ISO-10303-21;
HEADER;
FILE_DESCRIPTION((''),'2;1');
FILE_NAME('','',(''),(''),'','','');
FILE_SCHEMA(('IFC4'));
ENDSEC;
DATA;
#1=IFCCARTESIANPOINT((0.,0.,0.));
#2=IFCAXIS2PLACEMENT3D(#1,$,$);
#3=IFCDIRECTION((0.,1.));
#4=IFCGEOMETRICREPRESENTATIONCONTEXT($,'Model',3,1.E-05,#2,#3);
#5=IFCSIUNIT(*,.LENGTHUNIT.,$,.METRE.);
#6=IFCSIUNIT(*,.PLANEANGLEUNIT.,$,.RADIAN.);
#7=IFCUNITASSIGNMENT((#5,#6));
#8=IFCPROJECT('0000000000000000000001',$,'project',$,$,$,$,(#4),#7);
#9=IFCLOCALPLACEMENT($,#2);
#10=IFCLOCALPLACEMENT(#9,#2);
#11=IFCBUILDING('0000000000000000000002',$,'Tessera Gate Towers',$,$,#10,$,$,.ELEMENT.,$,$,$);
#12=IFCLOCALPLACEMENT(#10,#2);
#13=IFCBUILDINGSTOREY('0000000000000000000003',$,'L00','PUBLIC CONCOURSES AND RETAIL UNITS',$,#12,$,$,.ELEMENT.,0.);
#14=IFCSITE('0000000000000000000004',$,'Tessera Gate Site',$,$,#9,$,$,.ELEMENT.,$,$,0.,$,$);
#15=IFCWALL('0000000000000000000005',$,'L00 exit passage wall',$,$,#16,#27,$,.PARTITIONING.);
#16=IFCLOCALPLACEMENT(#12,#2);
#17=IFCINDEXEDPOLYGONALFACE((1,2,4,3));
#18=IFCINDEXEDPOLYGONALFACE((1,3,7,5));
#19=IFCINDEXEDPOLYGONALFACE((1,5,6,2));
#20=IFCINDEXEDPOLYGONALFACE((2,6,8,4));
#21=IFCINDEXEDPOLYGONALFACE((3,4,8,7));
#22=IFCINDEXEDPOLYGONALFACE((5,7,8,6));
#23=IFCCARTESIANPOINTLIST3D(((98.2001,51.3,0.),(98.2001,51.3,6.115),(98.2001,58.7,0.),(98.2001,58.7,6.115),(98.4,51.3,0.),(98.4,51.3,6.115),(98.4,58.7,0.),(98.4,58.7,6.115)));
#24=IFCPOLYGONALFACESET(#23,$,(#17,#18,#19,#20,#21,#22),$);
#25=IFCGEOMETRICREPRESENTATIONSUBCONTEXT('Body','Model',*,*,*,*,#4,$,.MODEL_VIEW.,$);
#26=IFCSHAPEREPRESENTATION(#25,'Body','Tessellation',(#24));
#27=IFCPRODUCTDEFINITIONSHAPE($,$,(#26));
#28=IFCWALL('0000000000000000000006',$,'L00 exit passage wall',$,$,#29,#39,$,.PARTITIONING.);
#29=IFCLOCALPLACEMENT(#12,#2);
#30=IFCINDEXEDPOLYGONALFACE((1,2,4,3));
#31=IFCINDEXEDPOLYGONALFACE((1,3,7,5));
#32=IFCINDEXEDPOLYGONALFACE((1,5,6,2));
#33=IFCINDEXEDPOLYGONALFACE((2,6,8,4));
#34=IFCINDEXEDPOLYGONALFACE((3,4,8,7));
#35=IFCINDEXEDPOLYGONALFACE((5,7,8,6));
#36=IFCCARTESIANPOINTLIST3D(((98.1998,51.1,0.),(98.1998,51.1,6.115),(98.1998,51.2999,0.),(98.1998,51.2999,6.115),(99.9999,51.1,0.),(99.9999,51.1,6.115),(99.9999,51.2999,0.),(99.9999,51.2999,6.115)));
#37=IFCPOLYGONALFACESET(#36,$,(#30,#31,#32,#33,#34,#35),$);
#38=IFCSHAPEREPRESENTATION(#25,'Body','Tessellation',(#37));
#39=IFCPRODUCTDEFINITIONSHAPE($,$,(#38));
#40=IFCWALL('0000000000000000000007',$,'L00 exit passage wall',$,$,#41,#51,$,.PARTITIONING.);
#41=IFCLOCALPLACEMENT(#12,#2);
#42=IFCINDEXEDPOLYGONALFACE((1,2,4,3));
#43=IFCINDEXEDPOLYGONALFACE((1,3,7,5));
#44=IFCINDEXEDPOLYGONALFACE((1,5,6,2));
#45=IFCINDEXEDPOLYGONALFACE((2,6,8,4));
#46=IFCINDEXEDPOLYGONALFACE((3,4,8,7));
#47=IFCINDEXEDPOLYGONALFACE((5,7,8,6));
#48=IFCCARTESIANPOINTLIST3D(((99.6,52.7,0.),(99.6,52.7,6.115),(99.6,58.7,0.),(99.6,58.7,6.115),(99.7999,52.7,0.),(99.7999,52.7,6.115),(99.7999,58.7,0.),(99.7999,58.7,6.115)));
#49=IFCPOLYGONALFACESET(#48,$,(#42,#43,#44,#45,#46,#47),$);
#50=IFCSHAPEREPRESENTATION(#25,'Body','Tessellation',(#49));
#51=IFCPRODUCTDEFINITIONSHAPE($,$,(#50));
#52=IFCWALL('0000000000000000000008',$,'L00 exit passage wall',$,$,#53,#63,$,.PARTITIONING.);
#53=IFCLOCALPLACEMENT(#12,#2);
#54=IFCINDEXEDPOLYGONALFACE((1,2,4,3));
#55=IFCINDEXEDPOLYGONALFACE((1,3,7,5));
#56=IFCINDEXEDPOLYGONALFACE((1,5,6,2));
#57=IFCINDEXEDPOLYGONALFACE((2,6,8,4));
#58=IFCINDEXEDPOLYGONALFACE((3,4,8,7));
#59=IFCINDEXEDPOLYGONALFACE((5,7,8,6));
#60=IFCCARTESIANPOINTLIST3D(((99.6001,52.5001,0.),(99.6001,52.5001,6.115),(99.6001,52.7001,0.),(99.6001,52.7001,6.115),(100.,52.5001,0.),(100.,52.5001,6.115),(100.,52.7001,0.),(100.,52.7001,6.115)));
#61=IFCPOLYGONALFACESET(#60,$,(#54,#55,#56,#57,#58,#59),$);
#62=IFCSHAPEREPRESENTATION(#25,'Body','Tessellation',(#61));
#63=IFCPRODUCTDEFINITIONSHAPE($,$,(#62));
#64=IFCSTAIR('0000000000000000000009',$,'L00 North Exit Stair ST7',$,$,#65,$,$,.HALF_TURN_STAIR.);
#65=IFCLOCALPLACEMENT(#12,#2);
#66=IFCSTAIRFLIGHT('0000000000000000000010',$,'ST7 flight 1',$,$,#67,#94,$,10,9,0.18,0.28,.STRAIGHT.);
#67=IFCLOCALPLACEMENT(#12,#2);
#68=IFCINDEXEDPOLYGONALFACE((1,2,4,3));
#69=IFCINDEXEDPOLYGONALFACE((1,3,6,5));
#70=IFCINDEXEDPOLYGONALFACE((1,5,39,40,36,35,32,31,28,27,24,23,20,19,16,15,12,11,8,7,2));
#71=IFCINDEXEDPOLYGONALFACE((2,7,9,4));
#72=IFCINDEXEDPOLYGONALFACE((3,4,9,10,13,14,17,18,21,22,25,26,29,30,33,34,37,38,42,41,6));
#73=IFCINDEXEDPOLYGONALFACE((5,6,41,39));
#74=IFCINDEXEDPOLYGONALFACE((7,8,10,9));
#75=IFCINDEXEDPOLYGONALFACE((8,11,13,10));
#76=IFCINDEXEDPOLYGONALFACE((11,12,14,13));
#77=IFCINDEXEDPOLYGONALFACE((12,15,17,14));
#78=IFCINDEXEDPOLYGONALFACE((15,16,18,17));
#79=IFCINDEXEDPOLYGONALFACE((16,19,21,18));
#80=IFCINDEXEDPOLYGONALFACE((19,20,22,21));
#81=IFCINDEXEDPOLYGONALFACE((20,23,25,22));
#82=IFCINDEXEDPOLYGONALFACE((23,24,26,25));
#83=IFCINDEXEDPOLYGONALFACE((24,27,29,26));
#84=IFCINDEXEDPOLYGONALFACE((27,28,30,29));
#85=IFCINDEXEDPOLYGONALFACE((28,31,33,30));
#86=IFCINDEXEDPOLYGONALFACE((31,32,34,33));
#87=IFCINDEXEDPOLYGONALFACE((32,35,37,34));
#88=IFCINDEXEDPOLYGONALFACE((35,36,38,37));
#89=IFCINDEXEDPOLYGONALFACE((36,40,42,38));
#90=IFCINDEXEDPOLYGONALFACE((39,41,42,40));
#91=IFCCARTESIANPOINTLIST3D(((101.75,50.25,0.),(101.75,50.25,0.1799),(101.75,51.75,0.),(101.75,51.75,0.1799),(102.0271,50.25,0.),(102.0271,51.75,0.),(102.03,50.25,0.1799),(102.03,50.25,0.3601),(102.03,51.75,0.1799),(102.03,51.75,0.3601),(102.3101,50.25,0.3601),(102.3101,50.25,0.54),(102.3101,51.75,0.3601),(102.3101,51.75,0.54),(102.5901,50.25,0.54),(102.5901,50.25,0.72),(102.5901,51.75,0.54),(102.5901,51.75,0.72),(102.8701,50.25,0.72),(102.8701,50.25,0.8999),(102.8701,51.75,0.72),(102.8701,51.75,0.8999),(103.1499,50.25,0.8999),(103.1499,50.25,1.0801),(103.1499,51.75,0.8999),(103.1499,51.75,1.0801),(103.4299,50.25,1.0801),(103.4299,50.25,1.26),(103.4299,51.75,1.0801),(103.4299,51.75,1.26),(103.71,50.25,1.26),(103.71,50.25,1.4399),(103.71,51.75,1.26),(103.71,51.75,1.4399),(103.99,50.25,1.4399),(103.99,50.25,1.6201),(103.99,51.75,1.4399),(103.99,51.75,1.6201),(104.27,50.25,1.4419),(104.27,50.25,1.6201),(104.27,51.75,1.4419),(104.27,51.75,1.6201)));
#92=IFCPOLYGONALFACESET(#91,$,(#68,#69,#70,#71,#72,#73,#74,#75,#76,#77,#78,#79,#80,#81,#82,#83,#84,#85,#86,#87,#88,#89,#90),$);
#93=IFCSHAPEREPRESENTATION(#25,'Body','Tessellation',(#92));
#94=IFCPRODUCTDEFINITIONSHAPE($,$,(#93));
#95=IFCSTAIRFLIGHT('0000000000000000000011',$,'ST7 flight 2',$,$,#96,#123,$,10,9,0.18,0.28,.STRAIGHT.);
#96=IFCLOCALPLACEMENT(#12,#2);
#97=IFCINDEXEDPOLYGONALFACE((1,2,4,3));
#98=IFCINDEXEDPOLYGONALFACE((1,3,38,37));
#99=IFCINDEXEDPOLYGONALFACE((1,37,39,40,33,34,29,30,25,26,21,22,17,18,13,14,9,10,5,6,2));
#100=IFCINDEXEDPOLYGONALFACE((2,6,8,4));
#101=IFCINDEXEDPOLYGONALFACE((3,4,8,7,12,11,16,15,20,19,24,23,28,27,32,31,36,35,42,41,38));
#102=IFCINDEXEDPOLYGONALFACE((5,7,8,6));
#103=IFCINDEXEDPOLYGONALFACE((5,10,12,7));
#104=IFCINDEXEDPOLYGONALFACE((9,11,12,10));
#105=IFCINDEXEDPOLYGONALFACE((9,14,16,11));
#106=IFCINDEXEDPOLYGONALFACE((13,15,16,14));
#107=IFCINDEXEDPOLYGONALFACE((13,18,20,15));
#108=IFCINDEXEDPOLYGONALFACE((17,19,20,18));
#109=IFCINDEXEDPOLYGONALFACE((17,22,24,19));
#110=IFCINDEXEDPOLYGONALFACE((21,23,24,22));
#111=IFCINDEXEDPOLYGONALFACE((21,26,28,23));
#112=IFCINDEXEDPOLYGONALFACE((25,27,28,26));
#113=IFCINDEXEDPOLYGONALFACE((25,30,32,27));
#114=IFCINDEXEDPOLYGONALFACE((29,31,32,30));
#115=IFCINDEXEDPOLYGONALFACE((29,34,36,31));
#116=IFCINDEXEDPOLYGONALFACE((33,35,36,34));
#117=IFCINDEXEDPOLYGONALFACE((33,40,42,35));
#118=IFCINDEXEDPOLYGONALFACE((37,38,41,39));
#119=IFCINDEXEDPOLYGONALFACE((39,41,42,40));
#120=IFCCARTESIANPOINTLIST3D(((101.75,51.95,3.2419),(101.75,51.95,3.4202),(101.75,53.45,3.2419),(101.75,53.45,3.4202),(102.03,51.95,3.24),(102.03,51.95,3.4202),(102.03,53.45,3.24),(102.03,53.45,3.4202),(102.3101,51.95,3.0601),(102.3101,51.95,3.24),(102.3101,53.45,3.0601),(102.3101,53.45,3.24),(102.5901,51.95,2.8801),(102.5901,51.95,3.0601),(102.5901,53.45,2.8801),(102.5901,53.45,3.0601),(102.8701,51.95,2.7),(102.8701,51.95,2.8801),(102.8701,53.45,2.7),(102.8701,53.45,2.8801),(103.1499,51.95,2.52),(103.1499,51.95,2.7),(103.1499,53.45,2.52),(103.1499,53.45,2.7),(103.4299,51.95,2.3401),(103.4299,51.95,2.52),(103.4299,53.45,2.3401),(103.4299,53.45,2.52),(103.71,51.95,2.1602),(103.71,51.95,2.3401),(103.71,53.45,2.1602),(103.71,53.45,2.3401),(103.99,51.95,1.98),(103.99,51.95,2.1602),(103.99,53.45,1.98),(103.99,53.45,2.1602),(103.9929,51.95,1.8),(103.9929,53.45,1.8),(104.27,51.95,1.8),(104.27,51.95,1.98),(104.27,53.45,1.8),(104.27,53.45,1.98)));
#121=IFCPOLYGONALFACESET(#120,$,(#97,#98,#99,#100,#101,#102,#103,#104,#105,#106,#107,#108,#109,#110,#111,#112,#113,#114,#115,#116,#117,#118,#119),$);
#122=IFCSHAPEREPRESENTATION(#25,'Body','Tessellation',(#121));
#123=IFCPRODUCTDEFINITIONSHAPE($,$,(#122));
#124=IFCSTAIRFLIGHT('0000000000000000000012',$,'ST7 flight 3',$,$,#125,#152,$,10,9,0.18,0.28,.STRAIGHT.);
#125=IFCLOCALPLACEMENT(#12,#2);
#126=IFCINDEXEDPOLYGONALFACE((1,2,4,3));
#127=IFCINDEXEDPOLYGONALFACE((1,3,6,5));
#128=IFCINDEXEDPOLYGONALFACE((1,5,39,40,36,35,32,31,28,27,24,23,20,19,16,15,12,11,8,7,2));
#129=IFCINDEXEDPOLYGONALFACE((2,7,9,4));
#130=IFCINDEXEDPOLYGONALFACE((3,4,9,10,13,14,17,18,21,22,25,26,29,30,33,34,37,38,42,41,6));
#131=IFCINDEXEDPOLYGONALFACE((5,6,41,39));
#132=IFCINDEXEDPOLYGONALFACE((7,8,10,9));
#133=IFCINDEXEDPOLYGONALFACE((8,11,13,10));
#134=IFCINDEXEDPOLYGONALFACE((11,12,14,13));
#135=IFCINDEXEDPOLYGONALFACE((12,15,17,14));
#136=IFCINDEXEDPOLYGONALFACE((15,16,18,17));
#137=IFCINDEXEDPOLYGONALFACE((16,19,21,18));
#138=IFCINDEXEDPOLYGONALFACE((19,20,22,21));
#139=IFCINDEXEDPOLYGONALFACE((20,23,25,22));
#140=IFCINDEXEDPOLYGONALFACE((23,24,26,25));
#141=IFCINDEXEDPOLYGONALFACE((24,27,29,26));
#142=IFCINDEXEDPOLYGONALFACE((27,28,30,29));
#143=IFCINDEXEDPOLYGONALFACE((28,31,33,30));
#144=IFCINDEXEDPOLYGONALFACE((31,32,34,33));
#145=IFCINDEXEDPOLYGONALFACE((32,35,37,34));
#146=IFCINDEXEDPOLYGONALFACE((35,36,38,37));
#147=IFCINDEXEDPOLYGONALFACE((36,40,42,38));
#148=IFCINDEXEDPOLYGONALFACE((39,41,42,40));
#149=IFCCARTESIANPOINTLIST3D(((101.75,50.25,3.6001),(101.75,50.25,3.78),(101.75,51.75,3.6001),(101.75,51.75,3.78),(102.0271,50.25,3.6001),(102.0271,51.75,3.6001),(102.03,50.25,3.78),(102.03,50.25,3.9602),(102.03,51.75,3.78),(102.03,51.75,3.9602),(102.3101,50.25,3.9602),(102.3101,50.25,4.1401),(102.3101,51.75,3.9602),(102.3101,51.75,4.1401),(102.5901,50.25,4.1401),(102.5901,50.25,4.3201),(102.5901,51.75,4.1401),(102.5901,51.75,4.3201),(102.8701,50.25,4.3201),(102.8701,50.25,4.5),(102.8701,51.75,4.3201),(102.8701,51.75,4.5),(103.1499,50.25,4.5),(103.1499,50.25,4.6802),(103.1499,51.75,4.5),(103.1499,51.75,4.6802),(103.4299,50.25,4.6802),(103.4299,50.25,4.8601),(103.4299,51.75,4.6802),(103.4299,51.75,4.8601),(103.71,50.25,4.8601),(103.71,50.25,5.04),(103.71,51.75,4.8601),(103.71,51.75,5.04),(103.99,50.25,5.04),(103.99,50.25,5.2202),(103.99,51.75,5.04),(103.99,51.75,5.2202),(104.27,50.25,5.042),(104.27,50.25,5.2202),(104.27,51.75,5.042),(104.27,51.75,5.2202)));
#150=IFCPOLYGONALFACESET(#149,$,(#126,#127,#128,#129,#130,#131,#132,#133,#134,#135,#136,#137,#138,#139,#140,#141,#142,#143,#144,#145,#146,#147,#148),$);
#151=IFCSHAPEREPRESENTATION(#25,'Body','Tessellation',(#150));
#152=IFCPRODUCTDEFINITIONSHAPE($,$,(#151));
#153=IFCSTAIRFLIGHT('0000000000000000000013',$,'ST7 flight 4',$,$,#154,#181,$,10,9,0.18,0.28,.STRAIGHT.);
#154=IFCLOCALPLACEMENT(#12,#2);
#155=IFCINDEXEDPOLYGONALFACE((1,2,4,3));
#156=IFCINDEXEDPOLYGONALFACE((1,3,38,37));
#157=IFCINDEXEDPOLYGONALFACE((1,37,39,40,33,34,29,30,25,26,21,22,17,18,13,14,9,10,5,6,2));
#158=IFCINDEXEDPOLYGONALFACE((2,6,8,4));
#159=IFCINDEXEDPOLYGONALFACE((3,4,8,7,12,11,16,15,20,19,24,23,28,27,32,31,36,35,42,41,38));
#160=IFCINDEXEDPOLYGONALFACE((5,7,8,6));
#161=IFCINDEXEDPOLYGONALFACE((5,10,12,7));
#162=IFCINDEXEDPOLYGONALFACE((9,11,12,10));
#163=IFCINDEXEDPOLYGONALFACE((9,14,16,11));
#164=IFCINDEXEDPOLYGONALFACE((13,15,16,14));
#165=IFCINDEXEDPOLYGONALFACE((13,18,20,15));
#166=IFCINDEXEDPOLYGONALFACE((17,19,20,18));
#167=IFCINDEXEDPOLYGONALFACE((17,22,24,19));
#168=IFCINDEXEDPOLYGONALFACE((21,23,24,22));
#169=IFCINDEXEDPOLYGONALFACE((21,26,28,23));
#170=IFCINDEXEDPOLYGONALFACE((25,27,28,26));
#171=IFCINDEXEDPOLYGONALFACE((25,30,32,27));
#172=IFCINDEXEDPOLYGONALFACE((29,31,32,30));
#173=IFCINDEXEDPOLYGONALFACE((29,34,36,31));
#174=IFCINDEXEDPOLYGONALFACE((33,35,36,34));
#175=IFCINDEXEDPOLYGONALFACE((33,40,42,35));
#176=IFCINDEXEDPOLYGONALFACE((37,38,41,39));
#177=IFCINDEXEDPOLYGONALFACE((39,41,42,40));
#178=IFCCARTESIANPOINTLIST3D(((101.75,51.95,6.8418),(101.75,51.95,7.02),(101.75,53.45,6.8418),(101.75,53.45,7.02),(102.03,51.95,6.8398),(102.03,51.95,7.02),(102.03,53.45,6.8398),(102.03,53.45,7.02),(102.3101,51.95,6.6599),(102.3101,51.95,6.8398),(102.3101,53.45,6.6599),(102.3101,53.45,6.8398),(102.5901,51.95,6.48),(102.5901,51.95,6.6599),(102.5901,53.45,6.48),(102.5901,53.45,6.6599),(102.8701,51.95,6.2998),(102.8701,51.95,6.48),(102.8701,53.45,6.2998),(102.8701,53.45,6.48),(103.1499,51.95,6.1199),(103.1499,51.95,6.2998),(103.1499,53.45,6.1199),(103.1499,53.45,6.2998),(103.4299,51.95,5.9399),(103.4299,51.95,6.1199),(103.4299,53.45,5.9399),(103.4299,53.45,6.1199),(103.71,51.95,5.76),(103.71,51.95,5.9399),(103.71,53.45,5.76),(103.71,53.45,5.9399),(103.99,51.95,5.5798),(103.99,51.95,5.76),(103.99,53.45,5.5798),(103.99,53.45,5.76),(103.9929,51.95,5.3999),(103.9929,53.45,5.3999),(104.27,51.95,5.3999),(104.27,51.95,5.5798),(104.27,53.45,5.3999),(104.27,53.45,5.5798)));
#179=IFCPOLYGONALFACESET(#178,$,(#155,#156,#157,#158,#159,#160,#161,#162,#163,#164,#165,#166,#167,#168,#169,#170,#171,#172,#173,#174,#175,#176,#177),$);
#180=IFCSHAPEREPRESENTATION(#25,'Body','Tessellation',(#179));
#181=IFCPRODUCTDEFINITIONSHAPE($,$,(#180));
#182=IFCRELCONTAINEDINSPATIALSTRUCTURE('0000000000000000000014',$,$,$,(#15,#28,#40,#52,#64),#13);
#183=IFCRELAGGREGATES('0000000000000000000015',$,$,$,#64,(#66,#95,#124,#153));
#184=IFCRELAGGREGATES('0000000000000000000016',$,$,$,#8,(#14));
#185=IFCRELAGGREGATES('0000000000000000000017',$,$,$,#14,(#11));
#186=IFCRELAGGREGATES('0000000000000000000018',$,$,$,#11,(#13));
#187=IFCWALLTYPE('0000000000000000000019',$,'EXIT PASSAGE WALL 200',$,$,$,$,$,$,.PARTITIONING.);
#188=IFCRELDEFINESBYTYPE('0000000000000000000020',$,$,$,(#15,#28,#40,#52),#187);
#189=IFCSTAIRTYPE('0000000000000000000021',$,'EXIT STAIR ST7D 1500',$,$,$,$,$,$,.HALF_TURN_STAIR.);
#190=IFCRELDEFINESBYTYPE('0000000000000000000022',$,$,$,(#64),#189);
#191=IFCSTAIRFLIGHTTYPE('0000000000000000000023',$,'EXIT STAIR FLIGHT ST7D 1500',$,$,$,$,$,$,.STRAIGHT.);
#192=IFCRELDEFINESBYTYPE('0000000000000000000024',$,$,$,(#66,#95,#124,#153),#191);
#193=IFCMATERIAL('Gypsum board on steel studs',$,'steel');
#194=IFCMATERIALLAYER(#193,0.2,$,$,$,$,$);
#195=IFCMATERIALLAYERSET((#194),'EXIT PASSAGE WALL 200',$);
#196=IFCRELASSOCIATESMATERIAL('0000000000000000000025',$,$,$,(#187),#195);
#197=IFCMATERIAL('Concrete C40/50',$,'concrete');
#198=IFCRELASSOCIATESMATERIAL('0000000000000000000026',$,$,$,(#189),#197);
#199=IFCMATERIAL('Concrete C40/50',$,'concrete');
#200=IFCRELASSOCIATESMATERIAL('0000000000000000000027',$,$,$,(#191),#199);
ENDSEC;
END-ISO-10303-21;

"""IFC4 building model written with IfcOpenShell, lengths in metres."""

from ifc_helpers import new_model, si_unit, direction, frame, frame_2d, origin, place, context, subcontext, project, spatial, polyline, rectangle, outline, extrude, material, layer, layer_set, type_object, element, aggregate, save


model = new_model("IFC4")

# Units and contexts
model_context = context("Model", 3, precision=1e-05, world=origin(), true_north=direction((0.0, 1.0)))
body_context = subcontext(model_context, "Body", "Model", "MODEL_VIEW")
ifc_project = project(units=[si_unit("LENGTHUNIT", "METRE"), si_unit("PLANEANGLEUNIT", "RADIAN")], contexts=[model_context])

# Site, building, storey
site_placement = place(None, origin())
site = spatial("IfcSite", under=ifc_project, at=site_placement, Name="Tessera Gate Site", CompositionType="ELEMENT", RefElevation=0.0)
building_placement = place(site_placement, origin())
building = spatial("IfcBuilding", under=site, at=building_placement, Name="Tessera Gate Towers", CompositionType="ELEMENT")
storey_placement = place(building_placement, origin())
storey = spatial("IfcBuildingStorey", under=building, at=storey_placement, Name="L00", Description="PUBLIC CONCOURSES AND RETAIL UNITS", CompositionType="ELEMENT", Elevation=0.0)

# Walls
ifc_material_1 = material(Name="Gypsum board on steel studs", Category="steel")
ifc_layer_1 = layer(ifc_material_1, 0.2)
ifc_layer_set_1 = layer_set([ifc_layer_1], Name="EXIT PASSAGE WALL 200")
wall_type_1 = type_object("IfcWallType", Name="EXIT PASSAGE WALL 200", PredefinedType="PARTITIONING", material=ifc_layer_set_1)
wall_1_placement = place(storey_placement, frame((98.3, 51.3, 0.0), z_axis=(0.0, 0.0, 1.0), x_axis=(0.0, 1.0, 0.0)))
element("IfcWall", 1, at=wall_1_placement, inside=storey, type_object=wall_type_1, Name="L00 exit passage wall", PredefinedType="PARTITIONING", context=body_context, shape_type="SweptSolid", body=[
    extrude(rectangle(XDim=7.3999, YDim=0.2, at=frame_2d((3.7, 0.0))), origin(), (0.0, 0.0, 1.0), 6.115),
])
wall_2_placement = place(storey_placement, frame((98.2, 51.2, 0.0), z_axis=(0.0, 0.0, 1.0), x_axis=(1.0, 0.0, 0.0)))
element("IfcWall", 2, at=wall_2_placement, inside=storey, type_object=wall_type_1, Name="L00 exit passage wall", PredefinedType="PARTITIONING", context=body_context, shape_type="SweptSolid", body=[
    extrude(rectangle(XDim=1.8, YDim=0.2, at=frame_2d((0.8999, 0.0))), origin(), (0.0, 0.0, 1.0), 6.115),
])
wall_3_placement = place(storey_placement, frame((99.7, 52.7, 0.0), z_axis=(0.0, 0.0, 1.0), x_axis=(0.0, 1.0, 0.0)))
element("IfcWall", 3, at=wall_3_placement, inside=storey, type_object=wall_type_1, Name="L00 exit passage wall", PredefinedType="PARTITIONING", context=body_context, shape_type="SweptSolid", body=[
    extrude(rectangle(XDim=6.0, YDim=0.2, at=frame_2d((3.0, 0.0))), origin(), (0.0, 0.0, 1.0), 6.115),
])
wall_4_placement = place(storey_placement, frame((99.6001, 52.6001, 0.0), z_axis=(0.0, 0.0, 1.0), x_axis=(1.0, 0.0, 0.0)))
element("IfcWall", 4, at=wall_4_placement, inside=storey, type_object=wall_type_1, Name="L00 exit passage wall", PredefinedType="PARTITIONING", context=body_context, shape_type="SweptSolid", body=[
    extrude(rectangle(XDim=0.3999, YDim=0.2, at=frame_2d((0.2, 0.0))), origin(), (0.0, 0.0, 1.0), 6.115),
])

# Stair, stair flights
ifc_material_2 = material(Name="Concrete C40/50", Category="concrete")
stair_type = type_object("IfcStairType", Name="EXIT STAIR ST7D 1500", PredefinedType="HALF_TURN_STAIR", material=ifc_material_2)
stair_placement = place(storey_placement, origin())
stair = element("IfcStair", 5, at=stair_placement, inside=storey, type_object=stair_type, Name="L00 North Exit Stair ST7", PredefinedType="HALF_TURN_STAIR")
ifc_material_3 = material(Name="Concrete C40/50", Category="concrete")
stair_flight_type = type_object("IfcStairFlightType", Name="EXIT STAIR FLIGHT ST7D 1500", PredefinedType="STRAIGHT", material=ifc_material_3)
stair_flight_1_placement = place(storey_placement, frame((101.75, 51.0, 0.0), z_axis=(0.0, 0.0, 1.0), x_axis=(1.0, 0.0, 0.0)))
stair_flight_1 = element("IfcStairFlight", 6, at=stair_flight_1_placement, type_object=stair_flight_type, Name="ST7 flight 1", NumberOfRisers=10, NumberOfTreads=9, PredefinedType="STRAIGHT", RiserHeight=0.18, TreadLength=0.28, context=body_context, shape_type="SweptSolid", body=[
    extrude(outline(polyline([(0.0, 0.0), (0.0, 0.1799), (0.28, 0.1799), (0.28, 0.3601), (0.5601, 0.3601), (0.5601, 0.54), (0.8401, 0.54), (0.8401, 0.72), (1.1201, 0.72), (1.1201, 0.8999), (1.3999, 0.8999), (1.3999, 1.0801), (1.6799, 1.0801), (1.6799, 1.26), (1.96, 1.26), (1.96, 1.4399), (2.24, 1.4399), (2.24, 1.6201), (2.52, 1.6201), (2.52, 1.8), (2.52, 1.4419), (0.2771, 0.0), (0.0, 0.0)])), frame((0.0, 0.75, 0.0), z_axis=(0.0, -1.0, 0.0), x_axis=(1.0, 0.0, 0.0)), (0.0, 0.0, 1.0), 1.5),
])
stair_flight_2_placement = place(storey_placement, frame((104.27, 52.7, 1.8), z_axis=(0.0, 0.0, 1.0), x_axis=(-1.0, 0.0, 0.0)))
stair_flight_2 = element("IfcStairFlight", 7, at=stair_flight_2_placement, type_object=stair_flight_type, Name="ST7 flight 2", NumberOfRisers=10, NumberOfTreads=9, PredefinedType="STRAIGHT", RiserHeight=0.18, TreadLength=0.28, context=body_context, shape_type="SweptSolid", body=[
    extrude(outline(polyline([(0.0, 0.0), (0.0, 0.1799), (0.28, 0.1799), (0.28, 0.3601), (0.5601, 0.3601), (0.5601, 0.54), (0.8401, 0.54), (0.8401, 0.72), (1.1201, 0.72), (1.1201, 0.8999), (1.3999, 0.8999), (1.3999, 1.0801), (1.6799, 1.0801), (1.6799, 1.26), (1.96, 1.26), (1.96, 1.4399), (2.24, 1.4399), (2.24, 1.6201), (2.52, 1.6201), (2.52, 1.8), (2.52, 1.4419), (0.2771, 0.0), (0.0, 0.0)])), frame((0.0, 0.75, 0.0), z_axis=(0.0, -1.0, 0.0), x_axis=(1.0, 0.0, 0.0)), (0.0, 0.0, 1.0), 1.5),
])
stair_flight_3_placement = place(storey_placement, frame((101.75, 51.0, 3.6001), z_axis=(0.0, 0.0, 1.0), x_axis=(1.0, 0.0, 0.0)))
stair_flight_3 = element("IfcStairFlight", 8, at=stair_flight_3_placement, type_object=stair_flight_type, Name="ST7 flight 3", NumberOfRisers=10, NumberOfTreads=9, PredefinedType="STRAIGHT", RiserHeight=0.18, TreadLength=0.28, context=body_context, shape_type="SweptSolid", body=[
    extrude(outline(polyline([(0.0, 0.0), (0.0, 0.1799), (0.28, 0.1799), (0.28, 0.3601), (0.5601, 0.3601), (0.5601, 0.54), (0.8401, 0.54), (0.8401, 0.72), (1.1201, 0.72), (1.1201, 0.8999), (1.3999, 0.8999), (1.3999, 1.0801), (1.6799, 1.0801), (1.6799, 1.26), (1.96, 1.26), (1.96, 1.4399), (2.24, 1.4399), (2.24, 1.6201), (2.52, 1.6201), (2.52, 1.8), (2.52, 1.4419), (0.2771, 0.0), (0.0, 0.0)])), frame((0.0, 0.75, 0.0), z_axis=(0.0, -1.0, 0.0), x_axis=(1.0, 0.0, 0.0)), (0.0, 0.0, 1.0), 1.5),
])
stair_flight_4_placement = place(storey_placement, frame((104.27, 52.7, 5.3999), z_axis=(0.0, 0.0, 1.0), x_axis=(-1.0, 0.0, 0.0)))
stair_flight_4 = element("IfcStairFlight", 9, at=stair_flight_4_placement, type_object=stair_flight_type, Name="ST7 flight 4", NumberOfRisers=10, NumberOfTreads=9, PredefinedType="STRAIGHT", RiserHeight=0.18, TreadLength=0.28, context=body_context, shape_type="SweptSolid", body=[
    extrude(outline(polyline([(0.0, 0.0), (0.0, 0.1799), (0.28, 0.1799), (0.28, 0.3601), (0.5601, 0.3601), (0.5601, 0.54), (0.8401, 0.54), (0.8401, 0.72), (1.1201, 0.72), (1.1201, 0.8999), (1.3999, 0.8999), (1.3999, 1.0801), (1.6799, 1.0801), (1.6799, 1.26), (1.96, 1.26), (1.96, 1.4399), (2.24, 1.4399), (2.24, 1.6201), (2.52, 1.6201), (2.52, 1.8), (2.52, 1.4419), (0.2771, 0.0), (0.0, 0.0)])), frame((0.0, 0.75, 0.0), z_axis=(0.0, -1.0, 0.0), x_axis=(1.0, 0.0, 0.0)), (0.0, 0.0, 1.0), 1.5),
])
aggregate(stair, [stair_flight_1, stair_flight_2, stair_flight_3, stair_flight_4])

save(model, "model.ifc")
